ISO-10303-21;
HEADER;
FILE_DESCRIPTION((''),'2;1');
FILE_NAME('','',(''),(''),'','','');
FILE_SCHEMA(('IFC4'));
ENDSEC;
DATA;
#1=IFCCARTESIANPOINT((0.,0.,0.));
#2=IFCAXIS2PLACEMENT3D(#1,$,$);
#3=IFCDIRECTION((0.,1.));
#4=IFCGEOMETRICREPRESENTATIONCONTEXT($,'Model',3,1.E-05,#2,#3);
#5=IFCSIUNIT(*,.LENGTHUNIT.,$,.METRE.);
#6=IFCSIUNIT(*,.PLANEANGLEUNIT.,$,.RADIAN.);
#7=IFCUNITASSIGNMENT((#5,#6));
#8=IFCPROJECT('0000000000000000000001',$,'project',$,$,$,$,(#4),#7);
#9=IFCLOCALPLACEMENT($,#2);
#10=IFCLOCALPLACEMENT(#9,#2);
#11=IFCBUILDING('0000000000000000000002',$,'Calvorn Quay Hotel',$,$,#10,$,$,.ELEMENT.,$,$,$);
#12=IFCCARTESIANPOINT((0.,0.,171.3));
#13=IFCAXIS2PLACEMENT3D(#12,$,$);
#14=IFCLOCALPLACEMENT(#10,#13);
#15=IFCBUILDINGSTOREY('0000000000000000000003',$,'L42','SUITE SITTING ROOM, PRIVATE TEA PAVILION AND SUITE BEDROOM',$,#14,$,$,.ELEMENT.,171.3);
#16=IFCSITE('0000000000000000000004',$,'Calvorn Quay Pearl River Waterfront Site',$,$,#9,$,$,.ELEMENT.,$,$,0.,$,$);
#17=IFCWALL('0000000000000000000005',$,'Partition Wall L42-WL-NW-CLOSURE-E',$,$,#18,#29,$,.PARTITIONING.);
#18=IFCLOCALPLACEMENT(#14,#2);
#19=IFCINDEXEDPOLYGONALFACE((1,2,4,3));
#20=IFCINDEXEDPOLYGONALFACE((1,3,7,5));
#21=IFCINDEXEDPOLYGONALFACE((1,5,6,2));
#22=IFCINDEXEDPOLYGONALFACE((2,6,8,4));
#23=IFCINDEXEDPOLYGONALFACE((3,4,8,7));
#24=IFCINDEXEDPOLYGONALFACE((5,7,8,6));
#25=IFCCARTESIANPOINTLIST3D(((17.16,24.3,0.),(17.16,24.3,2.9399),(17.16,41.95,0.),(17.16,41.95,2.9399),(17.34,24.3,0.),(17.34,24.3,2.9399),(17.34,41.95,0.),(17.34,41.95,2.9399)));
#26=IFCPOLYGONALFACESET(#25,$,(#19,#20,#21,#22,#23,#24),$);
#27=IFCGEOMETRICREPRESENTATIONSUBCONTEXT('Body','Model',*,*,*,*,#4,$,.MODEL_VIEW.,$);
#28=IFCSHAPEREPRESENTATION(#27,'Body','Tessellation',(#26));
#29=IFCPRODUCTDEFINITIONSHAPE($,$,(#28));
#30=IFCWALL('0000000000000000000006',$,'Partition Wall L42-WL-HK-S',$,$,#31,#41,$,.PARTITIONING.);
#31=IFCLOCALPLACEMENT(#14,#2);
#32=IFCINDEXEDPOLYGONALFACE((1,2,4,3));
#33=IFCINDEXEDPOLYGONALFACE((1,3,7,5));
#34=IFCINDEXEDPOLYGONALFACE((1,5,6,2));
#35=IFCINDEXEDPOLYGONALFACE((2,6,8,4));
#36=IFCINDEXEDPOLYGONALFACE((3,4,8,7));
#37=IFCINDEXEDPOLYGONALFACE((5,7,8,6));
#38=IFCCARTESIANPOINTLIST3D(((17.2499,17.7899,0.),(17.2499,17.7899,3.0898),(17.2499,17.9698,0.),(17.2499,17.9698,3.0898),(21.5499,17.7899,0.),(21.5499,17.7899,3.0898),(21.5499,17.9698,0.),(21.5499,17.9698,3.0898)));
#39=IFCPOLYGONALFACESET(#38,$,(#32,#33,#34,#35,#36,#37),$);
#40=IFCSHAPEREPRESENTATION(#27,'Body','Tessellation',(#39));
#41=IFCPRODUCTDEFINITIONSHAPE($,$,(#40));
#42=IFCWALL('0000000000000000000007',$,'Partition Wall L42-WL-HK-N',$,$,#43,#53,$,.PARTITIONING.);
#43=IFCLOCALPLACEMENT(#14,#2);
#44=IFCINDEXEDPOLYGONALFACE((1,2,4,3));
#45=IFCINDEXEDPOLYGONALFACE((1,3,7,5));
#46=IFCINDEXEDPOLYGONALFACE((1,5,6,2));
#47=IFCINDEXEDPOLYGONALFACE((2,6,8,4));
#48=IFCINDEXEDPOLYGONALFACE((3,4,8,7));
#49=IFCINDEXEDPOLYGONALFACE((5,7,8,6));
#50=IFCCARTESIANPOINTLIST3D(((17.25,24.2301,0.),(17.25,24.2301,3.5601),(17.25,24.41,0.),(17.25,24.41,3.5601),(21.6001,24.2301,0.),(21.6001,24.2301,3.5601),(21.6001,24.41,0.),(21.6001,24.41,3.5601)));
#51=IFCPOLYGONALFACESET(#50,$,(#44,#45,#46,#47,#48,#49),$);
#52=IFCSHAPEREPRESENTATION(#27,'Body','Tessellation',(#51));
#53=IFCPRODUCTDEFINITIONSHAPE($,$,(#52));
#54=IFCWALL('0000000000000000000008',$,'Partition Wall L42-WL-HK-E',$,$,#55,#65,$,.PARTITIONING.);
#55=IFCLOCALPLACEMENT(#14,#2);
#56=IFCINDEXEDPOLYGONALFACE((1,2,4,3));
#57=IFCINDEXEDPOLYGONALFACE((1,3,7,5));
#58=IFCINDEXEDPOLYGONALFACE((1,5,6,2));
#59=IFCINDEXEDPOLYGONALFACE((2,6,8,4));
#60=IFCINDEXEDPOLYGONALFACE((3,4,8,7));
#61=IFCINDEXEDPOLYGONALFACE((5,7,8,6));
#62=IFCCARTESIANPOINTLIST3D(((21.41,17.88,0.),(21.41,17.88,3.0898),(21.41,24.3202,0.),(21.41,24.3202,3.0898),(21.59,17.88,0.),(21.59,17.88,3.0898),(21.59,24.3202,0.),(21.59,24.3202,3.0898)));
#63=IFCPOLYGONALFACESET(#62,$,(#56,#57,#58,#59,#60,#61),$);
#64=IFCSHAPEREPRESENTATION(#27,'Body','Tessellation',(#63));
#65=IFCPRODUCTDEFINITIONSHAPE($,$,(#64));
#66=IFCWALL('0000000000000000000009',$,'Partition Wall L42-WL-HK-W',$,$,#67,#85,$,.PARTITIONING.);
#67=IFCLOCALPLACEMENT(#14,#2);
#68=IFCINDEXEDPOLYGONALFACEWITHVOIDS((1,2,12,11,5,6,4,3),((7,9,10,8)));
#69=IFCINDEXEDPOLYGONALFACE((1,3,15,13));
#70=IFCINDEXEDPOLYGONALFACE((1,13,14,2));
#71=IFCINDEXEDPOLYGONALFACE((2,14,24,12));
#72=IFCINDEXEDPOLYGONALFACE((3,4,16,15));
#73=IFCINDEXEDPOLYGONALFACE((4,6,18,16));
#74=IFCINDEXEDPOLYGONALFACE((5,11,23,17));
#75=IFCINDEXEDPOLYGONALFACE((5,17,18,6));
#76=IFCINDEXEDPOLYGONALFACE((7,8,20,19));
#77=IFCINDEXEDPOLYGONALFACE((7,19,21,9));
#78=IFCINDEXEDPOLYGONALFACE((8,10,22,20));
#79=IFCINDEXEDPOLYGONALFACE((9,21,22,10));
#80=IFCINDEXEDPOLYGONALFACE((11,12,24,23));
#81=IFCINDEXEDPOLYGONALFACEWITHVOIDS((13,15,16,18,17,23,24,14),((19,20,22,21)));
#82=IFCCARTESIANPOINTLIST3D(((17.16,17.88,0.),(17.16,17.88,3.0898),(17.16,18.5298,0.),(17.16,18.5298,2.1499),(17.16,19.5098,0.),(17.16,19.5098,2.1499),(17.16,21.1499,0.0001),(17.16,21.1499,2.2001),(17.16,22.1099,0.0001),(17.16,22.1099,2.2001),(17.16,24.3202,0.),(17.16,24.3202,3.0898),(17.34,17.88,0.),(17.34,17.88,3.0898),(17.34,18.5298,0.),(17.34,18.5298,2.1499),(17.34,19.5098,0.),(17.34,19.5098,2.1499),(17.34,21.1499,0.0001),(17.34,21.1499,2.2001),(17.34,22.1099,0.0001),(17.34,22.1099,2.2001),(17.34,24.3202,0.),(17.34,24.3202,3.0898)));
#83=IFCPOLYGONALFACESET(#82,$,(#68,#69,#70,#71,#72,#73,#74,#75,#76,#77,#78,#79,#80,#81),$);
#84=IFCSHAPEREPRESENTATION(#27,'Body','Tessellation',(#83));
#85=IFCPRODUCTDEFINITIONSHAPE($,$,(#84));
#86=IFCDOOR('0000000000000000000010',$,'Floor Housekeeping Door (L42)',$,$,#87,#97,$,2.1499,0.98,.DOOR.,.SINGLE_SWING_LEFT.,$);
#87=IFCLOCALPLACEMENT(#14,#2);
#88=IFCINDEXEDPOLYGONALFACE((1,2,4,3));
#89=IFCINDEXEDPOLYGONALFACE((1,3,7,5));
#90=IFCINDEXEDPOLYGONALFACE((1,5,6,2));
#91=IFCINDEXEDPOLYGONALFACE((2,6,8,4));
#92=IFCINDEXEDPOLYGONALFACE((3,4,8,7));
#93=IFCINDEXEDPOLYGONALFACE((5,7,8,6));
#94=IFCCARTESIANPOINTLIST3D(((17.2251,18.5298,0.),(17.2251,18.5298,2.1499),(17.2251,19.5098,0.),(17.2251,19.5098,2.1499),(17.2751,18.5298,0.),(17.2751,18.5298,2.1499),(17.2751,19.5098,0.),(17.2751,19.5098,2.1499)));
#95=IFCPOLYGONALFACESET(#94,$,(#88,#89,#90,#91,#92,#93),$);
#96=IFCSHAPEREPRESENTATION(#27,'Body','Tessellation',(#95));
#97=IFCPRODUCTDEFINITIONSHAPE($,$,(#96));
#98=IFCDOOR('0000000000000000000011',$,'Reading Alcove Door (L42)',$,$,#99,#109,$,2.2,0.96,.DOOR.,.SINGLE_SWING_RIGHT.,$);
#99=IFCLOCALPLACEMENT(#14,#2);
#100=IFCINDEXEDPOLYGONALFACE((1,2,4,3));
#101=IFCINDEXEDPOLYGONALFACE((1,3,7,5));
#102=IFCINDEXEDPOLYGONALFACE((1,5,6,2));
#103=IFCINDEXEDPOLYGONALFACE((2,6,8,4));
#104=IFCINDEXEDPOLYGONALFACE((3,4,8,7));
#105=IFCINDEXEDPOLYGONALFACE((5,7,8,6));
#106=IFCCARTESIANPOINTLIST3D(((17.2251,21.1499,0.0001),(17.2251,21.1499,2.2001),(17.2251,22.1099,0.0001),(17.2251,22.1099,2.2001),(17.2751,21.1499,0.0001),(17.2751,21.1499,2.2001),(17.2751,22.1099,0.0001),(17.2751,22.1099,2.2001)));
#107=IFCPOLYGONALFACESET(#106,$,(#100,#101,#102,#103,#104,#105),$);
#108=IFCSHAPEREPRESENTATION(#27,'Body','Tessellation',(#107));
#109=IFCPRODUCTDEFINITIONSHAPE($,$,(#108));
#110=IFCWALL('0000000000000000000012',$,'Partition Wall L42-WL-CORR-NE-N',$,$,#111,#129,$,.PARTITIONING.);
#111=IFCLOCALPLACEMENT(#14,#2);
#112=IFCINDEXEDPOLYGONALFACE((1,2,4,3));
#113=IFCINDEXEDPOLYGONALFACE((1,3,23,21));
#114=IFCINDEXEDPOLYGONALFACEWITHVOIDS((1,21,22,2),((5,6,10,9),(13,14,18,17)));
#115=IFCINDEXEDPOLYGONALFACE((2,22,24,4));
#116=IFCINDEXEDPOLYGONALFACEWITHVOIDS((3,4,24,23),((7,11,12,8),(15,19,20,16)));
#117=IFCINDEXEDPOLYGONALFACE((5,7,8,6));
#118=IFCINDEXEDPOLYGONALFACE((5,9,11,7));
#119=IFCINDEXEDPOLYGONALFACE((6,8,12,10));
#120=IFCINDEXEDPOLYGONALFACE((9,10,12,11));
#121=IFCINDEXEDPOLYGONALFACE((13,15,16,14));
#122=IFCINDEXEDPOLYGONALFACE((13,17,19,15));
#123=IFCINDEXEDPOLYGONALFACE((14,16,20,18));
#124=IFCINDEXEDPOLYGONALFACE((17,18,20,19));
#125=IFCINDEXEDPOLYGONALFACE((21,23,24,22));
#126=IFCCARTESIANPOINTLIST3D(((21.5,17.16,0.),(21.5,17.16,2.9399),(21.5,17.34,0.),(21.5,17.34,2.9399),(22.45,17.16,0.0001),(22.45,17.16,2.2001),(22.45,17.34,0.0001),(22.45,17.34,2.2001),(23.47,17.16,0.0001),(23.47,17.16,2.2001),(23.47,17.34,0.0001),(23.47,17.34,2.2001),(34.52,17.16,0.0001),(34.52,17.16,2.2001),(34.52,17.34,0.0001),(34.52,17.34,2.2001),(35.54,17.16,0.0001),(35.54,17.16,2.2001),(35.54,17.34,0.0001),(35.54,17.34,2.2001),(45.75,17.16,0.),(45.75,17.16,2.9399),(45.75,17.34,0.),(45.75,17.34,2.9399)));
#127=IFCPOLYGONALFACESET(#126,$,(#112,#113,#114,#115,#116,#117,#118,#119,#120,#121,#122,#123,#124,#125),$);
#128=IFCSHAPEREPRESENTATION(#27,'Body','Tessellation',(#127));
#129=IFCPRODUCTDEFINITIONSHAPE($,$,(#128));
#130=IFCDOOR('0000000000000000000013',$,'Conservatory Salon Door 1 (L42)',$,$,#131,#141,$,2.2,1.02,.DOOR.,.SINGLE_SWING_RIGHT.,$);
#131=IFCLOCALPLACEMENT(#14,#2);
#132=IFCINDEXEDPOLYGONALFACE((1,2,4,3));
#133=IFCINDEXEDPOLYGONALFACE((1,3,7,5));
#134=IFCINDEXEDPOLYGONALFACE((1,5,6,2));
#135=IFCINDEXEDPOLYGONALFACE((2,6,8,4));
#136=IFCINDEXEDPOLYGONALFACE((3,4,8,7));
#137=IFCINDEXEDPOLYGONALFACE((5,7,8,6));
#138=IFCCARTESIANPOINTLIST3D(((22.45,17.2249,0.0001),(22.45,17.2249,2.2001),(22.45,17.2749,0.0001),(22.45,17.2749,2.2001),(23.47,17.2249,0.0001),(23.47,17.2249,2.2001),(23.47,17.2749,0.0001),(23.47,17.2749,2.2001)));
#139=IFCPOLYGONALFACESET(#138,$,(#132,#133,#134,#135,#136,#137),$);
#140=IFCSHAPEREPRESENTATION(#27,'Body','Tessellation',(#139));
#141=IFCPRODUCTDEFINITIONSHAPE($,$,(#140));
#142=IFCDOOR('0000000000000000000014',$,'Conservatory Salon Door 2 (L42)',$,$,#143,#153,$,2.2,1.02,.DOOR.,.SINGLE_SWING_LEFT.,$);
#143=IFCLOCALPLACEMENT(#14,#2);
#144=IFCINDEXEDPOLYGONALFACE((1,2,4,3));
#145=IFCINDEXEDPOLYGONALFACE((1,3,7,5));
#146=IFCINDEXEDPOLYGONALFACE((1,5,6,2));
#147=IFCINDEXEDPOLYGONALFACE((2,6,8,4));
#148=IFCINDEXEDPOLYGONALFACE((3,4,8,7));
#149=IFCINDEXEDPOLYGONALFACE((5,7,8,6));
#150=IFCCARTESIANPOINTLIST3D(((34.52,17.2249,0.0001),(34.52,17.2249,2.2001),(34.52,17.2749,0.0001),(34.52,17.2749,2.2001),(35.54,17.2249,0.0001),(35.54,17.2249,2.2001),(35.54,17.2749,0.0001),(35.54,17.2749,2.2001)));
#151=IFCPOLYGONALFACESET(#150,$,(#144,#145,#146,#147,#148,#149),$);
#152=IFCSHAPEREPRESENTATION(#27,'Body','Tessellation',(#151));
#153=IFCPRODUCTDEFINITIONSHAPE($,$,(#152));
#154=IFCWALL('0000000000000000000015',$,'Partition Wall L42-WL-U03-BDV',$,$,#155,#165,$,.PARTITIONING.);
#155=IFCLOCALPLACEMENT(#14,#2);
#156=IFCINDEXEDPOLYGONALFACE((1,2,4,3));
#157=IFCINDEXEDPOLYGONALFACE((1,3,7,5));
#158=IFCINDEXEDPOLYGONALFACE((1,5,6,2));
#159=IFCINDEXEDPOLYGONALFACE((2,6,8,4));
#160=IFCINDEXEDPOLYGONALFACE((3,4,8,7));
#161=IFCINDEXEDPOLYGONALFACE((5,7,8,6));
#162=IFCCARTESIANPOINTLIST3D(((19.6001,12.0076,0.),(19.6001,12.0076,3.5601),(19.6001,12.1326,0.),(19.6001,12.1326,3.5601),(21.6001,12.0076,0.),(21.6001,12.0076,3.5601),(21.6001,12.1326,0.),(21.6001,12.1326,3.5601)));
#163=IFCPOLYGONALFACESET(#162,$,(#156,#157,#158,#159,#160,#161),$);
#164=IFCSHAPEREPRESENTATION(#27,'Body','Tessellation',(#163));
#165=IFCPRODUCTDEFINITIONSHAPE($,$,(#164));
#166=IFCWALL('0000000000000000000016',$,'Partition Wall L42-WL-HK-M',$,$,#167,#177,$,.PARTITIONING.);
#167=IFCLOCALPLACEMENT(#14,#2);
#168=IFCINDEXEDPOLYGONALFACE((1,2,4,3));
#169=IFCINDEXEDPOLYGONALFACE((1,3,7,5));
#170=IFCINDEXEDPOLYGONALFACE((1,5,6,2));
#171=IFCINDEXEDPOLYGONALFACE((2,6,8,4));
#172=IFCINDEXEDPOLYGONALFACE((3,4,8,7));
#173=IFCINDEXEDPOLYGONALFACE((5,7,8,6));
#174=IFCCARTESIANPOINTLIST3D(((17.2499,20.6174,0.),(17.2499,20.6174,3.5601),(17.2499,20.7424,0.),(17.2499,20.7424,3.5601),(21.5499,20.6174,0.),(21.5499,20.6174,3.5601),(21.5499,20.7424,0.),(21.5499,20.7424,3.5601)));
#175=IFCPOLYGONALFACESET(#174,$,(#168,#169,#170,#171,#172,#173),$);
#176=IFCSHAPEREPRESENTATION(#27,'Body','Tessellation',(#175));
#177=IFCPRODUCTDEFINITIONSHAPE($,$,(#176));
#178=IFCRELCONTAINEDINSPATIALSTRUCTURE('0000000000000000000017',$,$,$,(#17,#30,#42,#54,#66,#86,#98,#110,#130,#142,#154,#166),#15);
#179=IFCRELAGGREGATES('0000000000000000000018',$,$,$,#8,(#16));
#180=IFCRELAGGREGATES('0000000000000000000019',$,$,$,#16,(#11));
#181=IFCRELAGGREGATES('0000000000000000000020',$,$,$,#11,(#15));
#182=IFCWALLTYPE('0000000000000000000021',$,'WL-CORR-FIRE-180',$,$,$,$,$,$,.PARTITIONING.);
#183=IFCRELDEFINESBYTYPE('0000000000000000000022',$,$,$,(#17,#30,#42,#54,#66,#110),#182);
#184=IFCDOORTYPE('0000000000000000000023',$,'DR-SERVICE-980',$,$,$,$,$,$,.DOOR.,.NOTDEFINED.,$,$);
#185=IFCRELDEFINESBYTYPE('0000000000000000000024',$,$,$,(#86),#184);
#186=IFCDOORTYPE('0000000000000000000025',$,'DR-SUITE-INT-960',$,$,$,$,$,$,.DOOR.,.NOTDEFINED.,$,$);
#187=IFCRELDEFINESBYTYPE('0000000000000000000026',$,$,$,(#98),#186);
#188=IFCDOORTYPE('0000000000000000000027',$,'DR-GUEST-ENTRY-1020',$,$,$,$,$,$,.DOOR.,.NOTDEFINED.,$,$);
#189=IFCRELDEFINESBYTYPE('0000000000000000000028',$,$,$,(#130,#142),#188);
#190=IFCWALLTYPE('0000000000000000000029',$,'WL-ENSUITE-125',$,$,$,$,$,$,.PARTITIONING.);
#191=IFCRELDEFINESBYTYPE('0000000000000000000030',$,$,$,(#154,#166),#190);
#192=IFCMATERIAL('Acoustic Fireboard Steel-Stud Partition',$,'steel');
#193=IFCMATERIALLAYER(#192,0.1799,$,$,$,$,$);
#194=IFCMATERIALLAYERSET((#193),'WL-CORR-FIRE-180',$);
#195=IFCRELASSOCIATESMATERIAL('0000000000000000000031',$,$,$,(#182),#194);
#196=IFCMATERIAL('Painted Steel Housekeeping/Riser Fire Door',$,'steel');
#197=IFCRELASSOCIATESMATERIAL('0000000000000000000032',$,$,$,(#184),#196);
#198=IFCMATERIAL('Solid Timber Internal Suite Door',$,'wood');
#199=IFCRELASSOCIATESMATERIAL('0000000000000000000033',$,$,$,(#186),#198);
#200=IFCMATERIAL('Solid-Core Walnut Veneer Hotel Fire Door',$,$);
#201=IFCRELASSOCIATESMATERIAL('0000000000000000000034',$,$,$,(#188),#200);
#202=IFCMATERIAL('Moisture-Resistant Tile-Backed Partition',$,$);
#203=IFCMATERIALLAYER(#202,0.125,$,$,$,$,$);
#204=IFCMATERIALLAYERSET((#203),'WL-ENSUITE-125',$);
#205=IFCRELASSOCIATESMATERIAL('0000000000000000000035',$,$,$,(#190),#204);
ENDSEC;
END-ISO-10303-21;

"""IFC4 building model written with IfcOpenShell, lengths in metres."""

from ifc_helpers import new_model, si_unit, direction, frame, frame_2d, origin, place, context, subcontext, project, spatial, rectangle, extrude, material, layer, layer_set, type_object, element, fill, save


model = new_model("IFC4")

# Units and contexts
model_context = context("Model", 3, precision=1e-05, world=origin(), true_north=direction((0.0, 1.0)))
body_context = subcontext(model_context, "Body", "Model", "MODEL_VIEW")
ifc_project = project(units=[si_unit("LENGTHUNIT", "METRE"), si_unit("PLANEANGLEUNIT", "RADIAN")], contexts=[model_context])

# Site, building, storey
site_placement = place(None, origin())
site = spatial("IfcSite", under=ifc_project, at=site_placement, Name="Calvorn Quay Pearl River Waterfront Site", CompositionType="ELEMENT", RefElevation=0.0)
building_placement = place(site_placement, origin())
building = spatial("IfcBuilding", under=site, at=building_placement, Name="Calvorn Quay Hotel", CompositionType="ELEMENT")
storey_placement = place(building_placement, frame((0.0, 0.0, 171.3)))
storey = spatial("IfcBuildingStorey", under=building, at=storey_placement, Name="L42", Description="SUITE SITTING ROOM, PRIVATE TEA PAVILION AND SUITE BEDROOM", CompositionType="ELEMENT", Elevation=171.3)

# Walls
ifc_material_1 = material(Name="Acoustic Fireboard Steel-Stud Partition", Category="steel")
ifc_layer_1 = layer(ifc_material_1, 0.1799)
ifc_layer_set_1 = layer_set([ifc_layer_1], Name="WL-CORR-FIRE-180")
wall_type_1 = type_object("IfcWallType", Name="WL-CORR-FIRE-180", PredefinedType="PARTITIONING", material=ifc_layer_set_1)
wall_1_placement = place(storey_placement, frame((17.25, 24.3, 0.0), z_axis=(0.0, 0.0, 1.0), x_axis=(0.0, 1.0, 0.0)))
element("IfcWall", 1, at=wall_1_placement, inside=storey, type_object=wall_type_1, Name="Partition Wall L42-WL-NW-CLOSURE-E", PredefinedType="PARTITIONING", context=body_context, shape_type="SweptSolid", body=[
    extrude(rectangle(XDim=17.6499, YDim=0.1799, at=frame_2d((8.825, 0.0))), origin(), (0.0, 0.0, 1.0), 2.9399),
])
wall_2_placement = place(storey_placement, frame((17.25, 17.8799, 0.0), z_axis=(0.0, 0.0, 1.0), x_axis=(1.0, 0.0, 0.0)))
element("IfcWall", 2, at=wall_2_placement, inside=storey, type_object=wall_type_1, Name="Partition Wall L42-WL-HK-S", PredefinedType="PARTITIONING", context=body_context, shape_type="SweptSolid", body=[
    extrude(rectangle(XDim=4.3, YDim=0.1799, at=frame_2d((2.1499, 0.0))), origin(), (0.0, 0.0, 1.0), 3.0898),
])
wall_3_placement = place(storey_placement, frame((17.25, 24.3201, 0.0), z_axis=(0.0, 0.0, 1.0), x_axis=(1.0, 0.0, 0.0)))
element("IfcWall", 3, at=wall_3_placement, inside=storey, type_object=wall_type_1, Name="Partition Wall L42-WL-HK-N", PredefinedType="PARTITIONING", context=body_context, shape_type="SweptSolid", body=[
    extrude(rectangle(XDim=4.3501, YDim=0.1799, at=frame_2d((2.175, 0.0))), origin(), (0.0, 0.0, 1.0), 3.5601),
])
wall_4_placement = place(storey_placement, frame((21.5, 17.8799, 0.0), z_axis=(0.0, 0.0, 1.0), x_axis=(0.0, 1.0, 0.0)))
element("IfcWall", 4, at=wall_4_placement, inside=storey, type_object=wall_type_1, Name="Partition Wall L42-WL-HK-E", PredefinedType="PARTITIONING", context=body_context, shape_type="SweptSolid", body=[
    extrude(rectangle(XDim=6.4402, YDim=0.1799, at=frame_2d((3.2202, 0.0))), origin(), (0.0, 0.0, 1.0), 3.0898),
])

# Walls, openings, doors
wall_5_placement = place(storey_placement, frame((17.25, 17.8799, 0.0), z_axis=(0.0, 0.0, 1.0), x_axis=(0.0, 1.0, 0.0)))
wall_5 = element("IfcWall", 5, at=wall_5_placement, inside=storey, type_object=wall_type_1, Name="Partition Wall L42-WL-HK-W", PredefinedType="PARTITIONING", context=body_context, shape_type="SweptSolid", body=[
    extrude(rectangle(XDim=6.4402, YDim=0.1799, at=frame_2d((3.2202, 0.0))), origin(), (0.0, 0.0, 1.0), 3.0898),
])
opening_1_placement = place(wall_5_placement, frame((0.6499, 0.0, 0.0)))
opening_1 = element("IfcOpeningElement", 6, at=opening_1_placement, cuts=wall_5, PredefinedType="OPENING", context=body_context, shape_type="SweptSolid", body=[
    extrude(rectangle(XDim=0.98, YDim=2.1499, at=frame_2d((0.49, 1.075))), frame((0.0, 0.0999, 0.0), z_axis=(0.0, -1.0, 0.0), x_axis=(1.0, 0.0, 0.0)), (0.0, 0.0, 1.0), 0.2),
])
opening_2_placement = place(wall_5_placement, frame((3.27, 0.0, 0.0)))
opening_2 = element("IfcOpeningElement", 7, at=opening_2_placement, cuts=wall_5, PredefinedType="OPENING", context=body_context, shape_type="SweptSolid", body=[
    extrude(rectangle(XDim=0.96, YDim=2.2, at=frame_2d((0.48, 1.1001))), frame((0.0, 0.0999, 0.0), z_axis=(0.0, -1.0, 0.0), x_axis=(1.0, 0.0, 0.0)), (0.0, 0.0, 1.0), 0.2),
])
ifc_material_2 = material(Name="Painted Steel Housekeeping/Riser Fire Door", Category="steel")
door_type_1 = type_object("IfcDoorType", Name="DR-SERVICE-980", OperationType="NOTDEFINED", PredefinedType="DOOR", material=ifc_material_2)
door_1_placement = place(opening_1_placement, origin())
door_1 = element("IfcDoor", 8, at=door_1_placement, inside=storey, type_object=door_type_1, Name="Floor Housekeeping Door (L42)", OperationType="SINGLE_SWING_LEFT", OverallHeight=2.1499, OverallWidth=0.98, PredefinedType="DOOR", context=body_context, shape_type="SweptSolid", body=[
    extrude(rectangle(XDim=0.98, YDim=2.1499, at=frame_2d((0.49, 1.075))), frame((0.0, 0.0249, 0.0), z_axis=(0.0, -1.0, 0.0), x_axis=(1.0, 0.0, 0.0)), (0.0, 0.0, 1.0), 0.05),
])
fill(opening_1, door_1)
ifc_material_3 = material(Name="Solid Timber Internal Suite Door", Category="wood")
door_type_2 = type_object("IfcDoorType", Name="DR-SUITE-INT-960", OperationType="NOTDEFINED", PredefinedType="DOOR", material=ifc_material_3)
door_2_placement = place(opening_2_placement, origin())
door_2 = element("IfcDoor", 9, at=door_2_placement, inside=storey, type_object=door_type_2, Name="Reading Alcove Door (L42)", OperationType="SINGLE_SWING_RIGHT", OverallHeight=2.2, OverallWidth=0.96, PredefinedType="DOOR", context=body_context, shape_type="SweptSolid", body=[
    extrude(rectangle(XDim=0.96, YDim=2.2, at=frame_2d((0.48, 1.1001))), frame((0.0, 0.0249, 0.0), z_axis=(0.0, -1.0, 0.0), x_axis=(1.0, 0.0, 0.0)), (0.0, 0.0, 1.0), 0.05),
])
fill(opening_2, door_2)
wall_6_placement = place(storey_placement, frame((21.5, 17.25, 0.0), z_axis=(0.0, 0.0, 1.0), x_axis=(1.0, 0.0, 0.0)))
wall_6 = element("IfcWall", 10, at=wall_6_placement, inside=storey, type_object=wall_type_1, Name="Partition Wall L42-WL-CORR-NE-N", PredefinedType="PARTITIONING", context=body_context, shape_type="SweptSolid", body=[
    extrude(rectangle(XDim=24.25, YDim=0.1799, at=frame_2d((12.125, 0.0))), origin(), (0.0, 0.0, 1.0), 2.9399),
])
opening_3_placement = place(wall_6_placement, frame((0.95, 0.0, 0.0)))
opening_3 = element("IfcOpeningElement", 11, at=opening_3_placement, cuts=wall_6, PredefinedType="OPENING", context=body_context, shape_type="SweptSolid", body=[
    extrude(rectangle(XDim=1.02, YDim=2.2, at=frame_2d((0.51, 1.1001))), frame((0.0, 0.0999, 0.0), z_axis=(0.0, -1.0, 0.0), x_axis=(1.0, 0.0, 0.0)), (0.0, 0.0, 1.0), 0.2),
])
opening_4_placement = place(wall_6_placement, frame((13.02, 0.0, 0.0)))
opening_4 = element("IfcOpeningElement", 12, at=opening_4_placement, cuts=wall_6, PredefinedType="OPENING", context=body_context, shape_type="SweptSolid", body=[
    extrude(rectangle(XDim=1.02, YDim=2.2, at=frame_2d((0.51, 1.1001))), frame((0.0, 0.0999, 0.0), z_axis=(0.0, -1.0, 0.0), x_axis=(1.0, 0.0, 0.0)), (0.0, 0.0, 1.0), 0.2),
])
ifc_material_4 = material(Name="Solid-Core Walnut Veneer Hotel Fire Door")
door_type_3 = type_object("IfcDoorType", Name="DR-GUEST-ENTRY-1020", OperationType="NOTDEFINED", PredefinedType="DOOR", material=ifc_material_4)
door_3_placement = place(opening_3_placement, origin())
door_3 = element("IfcDoor", 13, at=door_3_placement, inside=storey, type_object=door_type_3, Name="Conservatory Salon Door 1 (L42)", OperationType="SINGLE_SWING_RIGHT", OverallHeight=2.2, OverallWidth=1.02, PredefinedType="DOOR", context=body_context, shape_type="SweptSolid", body=[
    extrude(rectangle(XDim=1.02, YDim=2.2, at=frame_2d((0.51, 1.1001))), frame((0.0, 0.0249, 0.0), z_axis=(0.0, -1.0, 0.0), x_axis=(1.0, 0.0, 0.0)), (0.0, 0.0, 1.0), 0.05),
])
fill(opening_3, door_3)
door_4_placement = place(opening_4_placement, origin())
door_4 = element("IfcDoor", 14, at=door_4_placement, inside=storey, type_object=door_type_3, Name="Conservatory Salon Door 2 (L42)", OperationType="SINGLE_SWING_LEFT", OverallHeight=2.2, OverallWidth=1.02, PredefinedType="DOOR", context=body_context, shape_type="SweptSolid", body=[
    extrude(rectangle(XDim=1.02, YDim=2.2, at=frame_2d((0.51, 1.1001))), frame((0.0, 0.0249, 0.0), z_axis=(0.0, -1.0, 0.0), x_axis=(1.0, 0.0, 0.0)), (0.0, 0.0, 1.0), 0.05),
])
fill(opening_4, door_4)

# Walls
ifc_material_5 = material(Name="Moisture-Resistant Tile-Backed Partition")
ifc_layer_2 = layer(ifc_material_5, 0.125)
ifc_layer_set_2 = layer_set([ifc_layer_2], Name="WL-ENSUITE-125")
wall_type_2 = type_object("IfcWallType", Name="WL-ENSUITE-125", PredefinedType="PARTITIONING", material=ifc_layer_set_2)
wall_7_placement = place(storey_placement, frame((19.6001, 12.0701, 0.0), z_axis=(0.0, 0.0, 1.0), x_axis=(1.0, 0.0, 0.0)))
element("IfcWall", 15, at=wall_7_placement, inside=storey, type_object=wall_type_2, Name="Partition Wall L42-WL-U03-BDV", PredefinedType="PARTITIONING", context=body_context, shape_type="SweptSolid", body=[
    extrude(rectangle(XDim=2.0, YDim=0.125, at=frame_2d((1.0, 0.0))), origin(), (0.0, 0.0, 1.0), 3.5601),
])
wall_8_placement = place(storey_placement, frame((17.25, 20.6799, 0.0), z_axis=(0.0, 0.0, 1.0), x_axis=(1.0, 0.0, 0.0)))
element("IfcWall", 16, at=wall_8_placement, inside=storey, type_object=wall_type_2, Name="Partition Wall L42-WL-HK-M", PredefinedType="PARTITIONING", context=body_context, shape_type="SweptSolid", body=[
    extrude(rectangle(XDim=4.3, YDim=0.125, at=frame_2d((2.1499, 0.0))), origin(), (0.0, 0.0, 1.0), 3.5601),
])

save(model, "model.ifc")
